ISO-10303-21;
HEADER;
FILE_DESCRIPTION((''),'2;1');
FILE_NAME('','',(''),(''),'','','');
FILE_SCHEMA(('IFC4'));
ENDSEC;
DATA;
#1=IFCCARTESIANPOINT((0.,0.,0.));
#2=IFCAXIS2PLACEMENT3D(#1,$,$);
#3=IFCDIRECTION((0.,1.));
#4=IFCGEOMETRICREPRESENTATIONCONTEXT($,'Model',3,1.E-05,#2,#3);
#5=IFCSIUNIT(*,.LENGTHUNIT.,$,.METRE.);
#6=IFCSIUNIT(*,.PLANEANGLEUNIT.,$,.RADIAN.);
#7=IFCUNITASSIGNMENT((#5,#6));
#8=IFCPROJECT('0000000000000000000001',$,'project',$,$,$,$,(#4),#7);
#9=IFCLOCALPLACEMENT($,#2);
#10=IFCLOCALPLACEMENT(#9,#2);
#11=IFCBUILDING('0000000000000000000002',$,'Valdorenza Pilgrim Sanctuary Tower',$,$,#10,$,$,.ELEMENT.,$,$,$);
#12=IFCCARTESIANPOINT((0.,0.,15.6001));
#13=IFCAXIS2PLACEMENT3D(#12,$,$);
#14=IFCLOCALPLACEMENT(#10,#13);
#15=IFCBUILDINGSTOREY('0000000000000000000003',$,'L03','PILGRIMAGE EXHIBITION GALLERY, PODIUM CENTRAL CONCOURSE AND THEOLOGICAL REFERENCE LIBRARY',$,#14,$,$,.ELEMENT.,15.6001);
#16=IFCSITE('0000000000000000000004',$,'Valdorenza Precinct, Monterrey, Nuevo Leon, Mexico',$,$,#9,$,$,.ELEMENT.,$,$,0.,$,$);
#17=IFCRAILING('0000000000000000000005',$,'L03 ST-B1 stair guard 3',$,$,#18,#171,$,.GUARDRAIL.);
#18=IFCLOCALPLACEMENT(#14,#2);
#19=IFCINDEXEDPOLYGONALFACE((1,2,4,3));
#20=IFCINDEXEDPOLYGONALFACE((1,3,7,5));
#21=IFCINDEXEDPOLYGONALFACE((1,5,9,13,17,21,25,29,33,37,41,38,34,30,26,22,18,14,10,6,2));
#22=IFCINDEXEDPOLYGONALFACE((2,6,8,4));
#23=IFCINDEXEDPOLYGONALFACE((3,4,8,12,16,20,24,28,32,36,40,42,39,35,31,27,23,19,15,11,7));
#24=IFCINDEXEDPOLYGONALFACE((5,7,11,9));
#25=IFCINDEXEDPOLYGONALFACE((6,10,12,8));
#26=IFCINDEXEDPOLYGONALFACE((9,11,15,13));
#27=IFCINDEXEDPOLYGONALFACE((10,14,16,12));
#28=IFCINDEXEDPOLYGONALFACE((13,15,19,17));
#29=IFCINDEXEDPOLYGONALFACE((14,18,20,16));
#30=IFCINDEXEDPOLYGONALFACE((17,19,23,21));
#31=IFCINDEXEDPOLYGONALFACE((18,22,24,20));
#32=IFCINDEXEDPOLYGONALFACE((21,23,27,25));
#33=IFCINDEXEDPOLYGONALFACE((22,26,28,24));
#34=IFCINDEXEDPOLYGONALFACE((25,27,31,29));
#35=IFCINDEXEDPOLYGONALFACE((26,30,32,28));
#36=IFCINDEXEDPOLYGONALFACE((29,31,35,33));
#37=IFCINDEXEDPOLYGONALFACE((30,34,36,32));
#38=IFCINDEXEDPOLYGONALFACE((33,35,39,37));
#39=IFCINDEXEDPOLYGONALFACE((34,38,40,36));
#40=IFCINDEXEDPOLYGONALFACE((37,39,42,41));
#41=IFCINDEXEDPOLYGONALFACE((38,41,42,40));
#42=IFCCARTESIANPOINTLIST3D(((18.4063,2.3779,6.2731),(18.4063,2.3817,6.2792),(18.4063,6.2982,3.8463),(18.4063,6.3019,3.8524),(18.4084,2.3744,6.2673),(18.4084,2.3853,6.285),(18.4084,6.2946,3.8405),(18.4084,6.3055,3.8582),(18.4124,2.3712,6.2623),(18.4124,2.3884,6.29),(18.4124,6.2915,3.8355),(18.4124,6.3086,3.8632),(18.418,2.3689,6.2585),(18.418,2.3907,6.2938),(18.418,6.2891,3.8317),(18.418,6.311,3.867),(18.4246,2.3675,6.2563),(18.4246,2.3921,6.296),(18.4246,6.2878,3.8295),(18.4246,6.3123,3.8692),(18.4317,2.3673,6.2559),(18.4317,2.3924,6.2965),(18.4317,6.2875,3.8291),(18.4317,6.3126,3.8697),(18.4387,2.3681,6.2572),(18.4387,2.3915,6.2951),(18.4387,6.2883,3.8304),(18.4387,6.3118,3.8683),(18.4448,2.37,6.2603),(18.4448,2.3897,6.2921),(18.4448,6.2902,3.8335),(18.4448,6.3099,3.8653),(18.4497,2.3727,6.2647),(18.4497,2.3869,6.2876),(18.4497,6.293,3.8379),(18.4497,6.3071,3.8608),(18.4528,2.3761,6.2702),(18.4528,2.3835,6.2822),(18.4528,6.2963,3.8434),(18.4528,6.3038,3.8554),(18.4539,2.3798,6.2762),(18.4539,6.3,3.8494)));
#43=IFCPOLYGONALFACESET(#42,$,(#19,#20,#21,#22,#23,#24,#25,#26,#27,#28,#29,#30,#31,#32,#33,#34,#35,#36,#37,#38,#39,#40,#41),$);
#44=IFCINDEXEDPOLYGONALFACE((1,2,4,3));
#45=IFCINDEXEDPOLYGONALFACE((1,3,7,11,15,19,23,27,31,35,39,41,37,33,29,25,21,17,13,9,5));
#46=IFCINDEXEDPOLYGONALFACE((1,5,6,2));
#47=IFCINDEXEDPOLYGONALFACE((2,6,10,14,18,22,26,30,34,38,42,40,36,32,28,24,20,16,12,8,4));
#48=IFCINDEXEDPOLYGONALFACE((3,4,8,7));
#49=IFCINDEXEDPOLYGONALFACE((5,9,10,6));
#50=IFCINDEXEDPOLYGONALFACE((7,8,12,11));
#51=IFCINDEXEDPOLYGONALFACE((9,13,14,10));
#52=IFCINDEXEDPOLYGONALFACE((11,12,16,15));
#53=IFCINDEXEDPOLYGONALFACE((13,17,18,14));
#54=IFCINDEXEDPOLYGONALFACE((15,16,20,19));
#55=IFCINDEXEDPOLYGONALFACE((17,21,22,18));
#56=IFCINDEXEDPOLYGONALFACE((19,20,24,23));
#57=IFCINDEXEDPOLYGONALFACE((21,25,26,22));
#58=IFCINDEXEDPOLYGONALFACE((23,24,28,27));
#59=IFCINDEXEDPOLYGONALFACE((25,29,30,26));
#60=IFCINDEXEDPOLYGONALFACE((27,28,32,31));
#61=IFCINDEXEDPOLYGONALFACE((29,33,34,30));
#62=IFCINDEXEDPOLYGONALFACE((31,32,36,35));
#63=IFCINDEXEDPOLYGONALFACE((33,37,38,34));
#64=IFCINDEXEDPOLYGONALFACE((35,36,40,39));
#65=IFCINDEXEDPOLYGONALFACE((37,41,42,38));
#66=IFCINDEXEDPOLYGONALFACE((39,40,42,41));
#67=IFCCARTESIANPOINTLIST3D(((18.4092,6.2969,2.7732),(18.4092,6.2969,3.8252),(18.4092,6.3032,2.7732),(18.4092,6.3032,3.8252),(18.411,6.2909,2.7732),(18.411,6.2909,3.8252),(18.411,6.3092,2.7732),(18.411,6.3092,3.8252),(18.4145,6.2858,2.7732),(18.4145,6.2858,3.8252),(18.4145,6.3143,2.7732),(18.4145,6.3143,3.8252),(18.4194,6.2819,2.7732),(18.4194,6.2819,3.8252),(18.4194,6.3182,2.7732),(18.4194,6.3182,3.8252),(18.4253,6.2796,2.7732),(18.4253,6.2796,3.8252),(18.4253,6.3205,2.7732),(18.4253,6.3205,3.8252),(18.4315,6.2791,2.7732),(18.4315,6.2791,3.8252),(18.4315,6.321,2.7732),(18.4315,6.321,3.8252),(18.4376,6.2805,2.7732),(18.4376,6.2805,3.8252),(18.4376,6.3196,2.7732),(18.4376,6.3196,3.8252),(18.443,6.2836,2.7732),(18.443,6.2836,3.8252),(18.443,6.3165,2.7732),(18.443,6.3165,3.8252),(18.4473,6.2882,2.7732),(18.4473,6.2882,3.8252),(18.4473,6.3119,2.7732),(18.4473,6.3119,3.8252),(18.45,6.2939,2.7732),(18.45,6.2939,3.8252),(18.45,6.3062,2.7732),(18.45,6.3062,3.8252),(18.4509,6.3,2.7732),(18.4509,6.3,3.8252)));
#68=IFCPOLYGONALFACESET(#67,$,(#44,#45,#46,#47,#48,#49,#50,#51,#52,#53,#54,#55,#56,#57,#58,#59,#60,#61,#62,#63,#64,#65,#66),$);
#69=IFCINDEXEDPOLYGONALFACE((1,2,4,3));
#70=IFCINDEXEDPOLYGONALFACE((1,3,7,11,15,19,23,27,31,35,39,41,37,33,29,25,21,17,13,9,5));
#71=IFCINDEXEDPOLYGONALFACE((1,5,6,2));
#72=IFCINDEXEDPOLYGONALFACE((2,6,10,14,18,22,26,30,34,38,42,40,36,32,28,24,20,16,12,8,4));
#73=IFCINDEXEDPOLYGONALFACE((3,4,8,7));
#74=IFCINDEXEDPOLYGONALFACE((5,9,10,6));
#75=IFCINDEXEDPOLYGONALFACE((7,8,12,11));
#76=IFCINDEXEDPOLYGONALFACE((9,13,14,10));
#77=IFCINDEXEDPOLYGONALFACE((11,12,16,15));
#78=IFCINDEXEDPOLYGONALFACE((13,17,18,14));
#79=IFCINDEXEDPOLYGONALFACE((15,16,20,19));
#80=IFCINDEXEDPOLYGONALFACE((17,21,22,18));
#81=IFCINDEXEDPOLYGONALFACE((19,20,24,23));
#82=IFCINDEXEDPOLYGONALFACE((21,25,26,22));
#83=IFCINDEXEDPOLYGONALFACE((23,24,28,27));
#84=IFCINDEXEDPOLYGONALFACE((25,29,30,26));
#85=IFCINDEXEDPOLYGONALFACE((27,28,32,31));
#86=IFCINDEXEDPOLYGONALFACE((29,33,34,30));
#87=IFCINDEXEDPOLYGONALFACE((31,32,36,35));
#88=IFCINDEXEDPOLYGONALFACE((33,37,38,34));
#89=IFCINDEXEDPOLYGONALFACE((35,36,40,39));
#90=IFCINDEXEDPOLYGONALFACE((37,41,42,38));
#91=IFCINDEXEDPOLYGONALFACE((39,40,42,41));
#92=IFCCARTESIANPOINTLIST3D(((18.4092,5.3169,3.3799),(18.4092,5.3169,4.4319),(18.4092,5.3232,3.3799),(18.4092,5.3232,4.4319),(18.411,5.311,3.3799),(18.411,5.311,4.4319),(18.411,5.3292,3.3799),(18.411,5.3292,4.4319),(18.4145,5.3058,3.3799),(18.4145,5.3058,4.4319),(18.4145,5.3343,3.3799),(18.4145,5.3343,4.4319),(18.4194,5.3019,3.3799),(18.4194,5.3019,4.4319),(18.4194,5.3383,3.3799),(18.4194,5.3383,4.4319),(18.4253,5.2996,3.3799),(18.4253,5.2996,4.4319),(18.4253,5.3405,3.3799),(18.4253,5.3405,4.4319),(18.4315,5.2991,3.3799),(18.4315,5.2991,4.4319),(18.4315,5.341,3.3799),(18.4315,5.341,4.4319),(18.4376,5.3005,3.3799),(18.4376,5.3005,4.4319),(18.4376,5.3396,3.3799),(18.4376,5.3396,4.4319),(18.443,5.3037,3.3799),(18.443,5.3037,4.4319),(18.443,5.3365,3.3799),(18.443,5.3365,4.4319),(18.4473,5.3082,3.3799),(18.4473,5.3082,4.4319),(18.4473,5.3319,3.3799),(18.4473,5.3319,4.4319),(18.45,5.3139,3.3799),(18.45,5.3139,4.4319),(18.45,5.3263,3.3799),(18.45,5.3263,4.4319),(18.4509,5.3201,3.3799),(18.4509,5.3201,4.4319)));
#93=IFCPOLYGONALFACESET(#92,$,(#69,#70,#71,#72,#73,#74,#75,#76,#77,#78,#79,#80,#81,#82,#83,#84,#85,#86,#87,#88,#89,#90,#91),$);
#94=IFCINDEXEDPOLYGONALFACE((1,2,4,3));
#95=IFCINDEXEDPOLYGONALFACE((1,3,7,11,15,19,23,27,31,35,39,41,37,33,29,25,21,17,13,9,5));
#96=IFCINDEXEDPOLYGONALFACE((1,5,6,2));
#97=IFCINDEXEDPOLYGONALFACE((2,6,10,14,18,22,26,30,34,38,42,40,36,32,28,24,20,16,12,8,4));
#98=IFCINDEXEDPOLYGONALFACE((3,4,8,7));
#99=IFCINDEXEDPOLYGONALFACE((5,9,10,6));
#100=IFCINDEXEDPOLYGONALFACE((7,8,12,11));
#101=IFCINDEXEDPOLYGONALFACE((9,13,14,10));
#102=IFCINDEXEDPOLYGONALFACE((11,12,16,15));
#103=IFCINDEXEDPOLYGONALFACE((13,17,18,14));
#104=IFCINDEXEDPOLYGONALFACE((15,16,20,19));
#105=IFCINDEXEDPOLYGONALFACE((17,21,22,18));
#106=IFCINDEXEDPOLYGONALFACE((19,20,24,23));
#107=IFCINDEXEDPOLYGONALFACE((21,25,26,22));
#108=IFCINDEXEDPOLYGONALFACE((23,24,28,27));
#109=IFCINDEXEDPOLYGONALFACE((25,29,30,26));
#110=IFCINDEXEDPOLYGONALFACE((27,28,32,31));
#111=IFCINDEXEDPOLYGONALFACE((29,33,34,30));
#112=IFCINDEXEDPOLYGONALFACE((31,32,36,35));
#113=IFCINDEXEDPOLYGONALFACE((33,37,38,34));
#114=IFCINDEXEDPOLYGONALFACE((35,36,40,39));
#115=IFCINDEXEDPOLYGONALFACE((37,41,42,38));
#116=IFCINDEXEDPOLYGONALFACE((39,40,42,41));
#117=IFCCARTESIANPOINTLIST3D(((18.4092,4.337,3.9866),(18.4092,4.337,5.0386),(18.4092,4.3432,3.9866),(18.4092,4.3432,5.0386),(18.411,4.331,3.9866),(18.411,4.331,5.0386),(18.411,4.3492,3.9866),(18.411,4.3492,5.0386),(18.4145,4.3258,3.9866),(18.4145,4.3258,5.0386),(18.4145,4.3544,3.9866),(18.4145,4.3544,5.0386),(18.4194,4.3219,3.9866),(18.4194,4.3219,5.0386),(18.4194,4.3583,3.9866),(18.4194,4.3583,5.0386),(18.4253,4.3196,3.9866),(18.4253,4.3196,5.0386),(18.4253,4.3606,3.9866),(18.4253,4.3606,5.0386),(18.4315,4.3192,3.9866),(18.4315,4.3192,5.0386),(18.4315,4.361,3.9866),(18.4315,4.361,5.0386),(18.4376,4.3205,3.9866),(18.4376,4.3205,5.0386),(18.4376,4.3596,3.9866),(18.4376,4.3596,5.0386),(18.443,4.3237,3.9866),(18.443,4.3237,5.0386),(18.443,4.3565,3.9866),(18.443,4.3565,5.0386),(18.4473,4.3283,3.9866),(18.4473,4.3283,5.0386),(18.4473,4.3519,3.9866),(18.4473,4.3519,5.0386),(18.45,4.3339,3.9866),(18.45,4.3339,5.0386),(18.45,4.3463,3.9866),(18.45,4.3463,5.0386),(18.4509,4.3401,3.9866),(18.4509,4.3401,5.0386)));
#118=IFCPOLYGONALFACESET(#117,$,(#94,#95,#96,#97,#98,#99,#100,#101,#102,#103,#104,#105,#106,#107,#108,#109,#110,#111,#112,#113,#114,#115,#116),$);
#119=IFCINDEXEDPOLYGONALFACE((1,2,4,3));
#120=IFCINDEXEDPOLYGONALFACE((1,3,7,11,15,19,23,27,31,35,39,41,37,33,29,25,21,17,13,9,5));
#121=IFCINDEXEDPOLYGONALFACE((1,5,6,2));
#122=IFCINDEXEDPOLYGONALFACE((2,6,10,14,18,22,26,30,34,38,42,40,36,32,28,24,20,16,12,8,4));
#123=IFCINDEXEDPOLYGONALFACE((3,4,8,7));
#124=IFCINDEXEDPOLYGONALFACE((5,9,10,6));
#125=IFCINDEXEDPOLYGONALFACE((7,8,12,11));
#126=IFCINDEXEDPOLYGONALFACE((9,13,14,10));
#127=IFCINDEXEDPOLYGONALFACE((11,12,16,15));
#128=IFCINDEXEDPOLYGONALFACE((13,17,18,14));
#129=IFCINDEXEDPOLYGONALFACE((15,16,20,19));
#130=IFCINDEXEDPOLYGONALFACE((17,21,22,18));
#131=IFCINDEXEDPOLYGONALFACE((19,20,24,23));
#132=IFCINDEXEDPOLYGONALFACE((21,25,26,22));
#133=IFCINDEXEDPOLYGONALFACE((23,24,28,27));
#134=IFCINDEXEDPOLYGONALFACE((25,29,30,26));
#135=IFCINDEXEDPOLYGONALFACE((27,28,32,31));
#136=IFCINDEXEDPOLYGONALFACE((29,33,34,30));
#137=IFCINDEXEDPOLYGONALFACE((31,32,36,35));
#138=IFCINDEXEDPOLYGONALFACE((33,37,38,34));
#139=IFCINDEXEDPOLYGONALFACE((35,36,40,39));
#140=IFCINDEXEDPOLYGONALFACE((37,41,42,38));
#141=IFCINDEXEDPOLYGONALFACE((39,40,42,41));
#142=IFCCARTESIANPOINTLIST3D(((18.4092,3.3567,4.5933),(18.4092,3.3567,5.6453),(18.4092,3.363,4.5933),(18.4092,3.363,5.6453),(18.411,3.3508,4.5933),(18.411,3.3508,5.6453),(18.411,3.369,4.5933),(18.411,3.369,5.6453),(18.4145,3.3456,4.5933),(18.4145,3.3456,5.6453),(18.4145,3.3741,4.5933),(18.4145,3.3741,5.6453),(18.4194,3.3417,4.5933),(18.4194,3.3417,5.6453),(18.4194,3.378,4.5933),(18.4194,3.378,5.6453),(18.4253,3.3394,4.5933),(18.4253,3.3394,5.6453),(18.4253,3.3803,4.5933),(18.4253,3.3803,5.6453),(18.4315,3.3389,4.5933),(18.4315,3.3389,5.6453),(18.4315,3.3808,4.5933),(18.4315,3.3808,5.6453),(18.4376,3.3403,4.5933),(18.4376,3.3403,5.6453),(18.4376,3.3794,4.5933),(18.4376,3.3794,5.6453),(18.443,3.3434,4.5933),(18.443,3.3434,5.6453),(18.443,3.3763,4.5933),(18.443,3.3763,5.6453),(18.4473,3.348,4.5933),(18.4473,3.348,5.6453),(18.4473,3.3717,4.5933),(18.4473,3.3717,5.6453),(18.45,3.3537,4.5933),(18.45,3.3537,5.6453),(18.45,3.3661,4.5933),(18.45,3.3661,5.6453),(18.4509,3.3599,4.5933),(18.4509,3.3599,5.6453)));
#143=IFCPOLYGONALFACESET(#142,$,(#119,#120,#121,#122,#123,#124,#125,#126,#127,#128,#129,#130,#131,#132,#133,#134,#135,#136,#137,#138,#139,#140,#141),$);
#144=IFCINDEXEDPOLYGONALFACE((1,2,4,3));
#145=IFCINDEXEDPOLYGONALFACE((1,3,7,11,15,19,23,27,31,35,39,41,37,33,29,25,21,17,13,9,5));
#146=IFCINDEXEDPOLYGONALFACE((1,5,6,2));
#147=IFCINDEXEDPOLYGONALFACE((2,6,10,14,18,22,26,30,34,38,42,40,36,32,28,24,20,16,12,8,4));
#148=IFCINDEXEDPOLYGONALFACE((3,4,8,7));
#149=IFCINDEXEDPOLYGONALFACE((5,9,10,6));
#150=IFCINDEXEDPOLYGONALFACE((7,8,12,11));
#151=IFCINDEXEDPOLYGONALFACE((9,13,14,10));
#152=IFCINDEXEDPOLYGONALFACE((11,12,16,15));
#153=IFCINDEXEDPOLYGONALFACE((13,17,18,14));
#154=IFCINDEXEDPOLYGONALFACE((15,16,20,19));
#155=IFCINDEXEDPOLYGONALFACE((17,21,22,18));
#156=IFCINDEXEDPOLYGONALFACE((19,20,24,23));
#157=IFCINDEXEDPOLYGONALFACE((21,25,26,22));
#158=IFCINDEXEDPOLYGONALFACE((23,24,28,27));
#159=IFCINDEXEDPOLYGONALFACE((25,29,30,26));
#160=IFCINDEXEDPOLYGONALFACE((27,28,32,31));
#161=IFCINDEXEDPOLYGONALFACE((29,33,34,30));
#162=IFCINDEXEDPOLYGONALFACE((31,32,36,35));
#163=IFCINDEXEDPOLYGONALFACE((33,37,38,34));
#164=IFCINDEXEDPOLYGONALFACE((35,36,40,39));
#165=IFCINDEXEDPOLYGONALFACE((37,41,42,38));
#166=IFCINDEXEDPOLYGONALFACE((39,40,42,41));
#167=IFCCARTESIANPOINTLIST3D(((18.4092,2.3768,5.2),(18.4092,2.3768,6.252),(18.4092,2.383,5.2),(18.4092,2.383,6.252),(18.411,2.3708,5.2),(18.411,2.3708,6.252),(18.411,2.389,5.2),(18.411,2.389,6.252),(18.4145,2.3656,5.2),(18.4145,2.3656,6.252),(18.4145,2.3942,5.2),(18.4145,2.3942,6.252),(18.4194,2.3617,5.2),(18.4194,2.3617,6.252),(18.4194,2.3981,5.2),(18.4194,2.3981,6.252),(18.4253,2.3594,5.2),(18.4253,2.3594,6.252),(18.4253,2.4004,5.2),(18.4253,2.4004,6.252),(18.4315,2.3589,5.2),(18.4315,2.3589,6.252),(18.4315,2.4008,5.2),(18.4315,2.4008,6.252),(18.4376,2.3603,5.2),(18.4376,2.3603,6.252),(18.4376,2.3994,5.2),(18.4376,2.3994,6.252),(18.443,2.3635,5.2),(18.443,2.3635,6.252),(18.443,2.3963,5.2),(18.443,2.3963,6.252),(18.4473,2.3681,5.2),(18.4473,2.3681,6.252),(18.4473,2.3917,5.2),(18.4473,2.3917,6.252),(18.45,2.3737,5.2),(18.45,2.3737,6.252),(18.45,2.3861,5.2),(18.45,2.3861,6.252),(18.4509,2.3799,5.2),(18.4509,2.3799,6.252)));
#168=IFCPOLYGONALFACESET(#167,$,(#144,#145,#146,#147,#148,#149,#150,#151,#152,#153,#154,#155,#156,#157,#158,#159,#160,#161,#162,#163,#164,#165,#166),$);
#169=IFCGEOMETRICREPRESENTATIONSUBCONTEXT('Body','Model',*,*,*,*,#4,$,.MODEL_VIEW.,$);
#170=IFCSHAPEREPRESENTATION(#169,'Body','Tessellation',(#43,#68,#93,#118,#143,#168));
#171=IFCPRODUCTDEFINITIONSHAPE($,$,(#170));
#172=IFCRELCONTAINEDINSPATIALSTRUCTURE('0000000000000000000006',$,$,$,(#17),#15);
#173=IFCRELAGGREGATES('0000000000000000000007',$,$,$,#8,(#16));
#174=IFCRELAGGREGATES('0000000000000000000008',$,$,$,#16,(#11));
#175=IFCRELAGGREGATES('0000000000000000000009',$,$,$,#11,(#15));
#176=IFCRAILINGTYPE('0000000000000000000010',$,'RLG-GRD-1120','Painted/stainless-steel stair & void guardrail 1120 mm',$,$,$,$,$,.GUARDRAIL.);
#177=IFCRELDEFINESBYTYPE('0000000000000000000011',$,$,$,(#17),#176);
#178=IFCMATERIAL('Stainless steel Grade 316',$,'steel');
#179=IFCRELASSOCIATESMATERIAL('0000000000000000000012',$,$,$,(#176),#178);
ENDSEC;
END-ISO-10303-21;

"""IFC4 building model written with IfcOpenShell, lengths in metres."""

from ifc_helpers import new_model, si_unit, direction, frame, origin, origin_2d, place, context, subcontext, project, spatial, circle, extrude, material, type_object, element, save


model = new_model("IFC4")

# Units and contexts
model_context = context("Model", 3, precision=1e-05, world=origin(), true_north=direction((0.0, 1.0)))
body_context = subcontext(model_context, "Body", "Model", "MODEL_VIEW")
ifc_project = project(units=[si_unit("LENGTHUNIT", "METRE"), si_unit("PLANEANGLEUNIT", "RADIAN")], contexts=[model_context])

# Site, building, storey
site_placement = place(None, origin())
site = spatial("IfcSite", under=ifc_project, at=site_placement, Name="Valdorenza Precinct, Monterrey, Nuevo Leon, Mexico", CompositionType="ELEMENT", RefElevation=0.0)
building_placement = place(site_placement, origin())
building = spatial("IfcBuilding", under=site, at=building_placement, Name="Valdorenza Pilgrim Sanctuary Tower", CompositionType="ELEMENT")
storey_placement = place(building_placement, frame((0.0, 0.0, 15.6001)))
storey = spatial("IfcBuildingStorey", under=building, at=storey_placement, Name="L03", Description="PILGRIMAGE EXHIBITION GALLERY, PODIUM CENTRAL CONCOURSE AND THEOLOGICAL REFERENCE LIBRARY", CompositionType="ELEMENT", Elevation=15.6001)

# Railing
ifc_material_1 = material(Name="Stainless steel Grade 316", Category="steel")
railing_type_1 = type_object("IfcRailingType", Name="RLG-GRD-1120", Description="Painted/stainless-steel stair & void guardrail 1120 mm", PredefinedType="GUARDRAIL", material=ifc_material_1)
railing_1_placement = place(storey_placement, frame((18.4299, 6.3, 2.7732)))
element("IfcRailing", 1, at=railing_1_placement, inside=storey, type_object=railing_type_1, Name="L03 ST-B1 stair guard 3", PredefinedType="GUARDRAIL", context=body_context, shape_type="SweptSolid", body=[
    extrude(circle(Radius=0.0239, at=origin_2d()), frame((0.0, 0.0, 1.0762), z_axis=(0.0, -0.850266, 0.526353), x_axis=(1.0, 0.0, 0.0)), (0.0, 0.0, 1.0), 4.6106),
    extrude(circle(Radius=0.021, at=origin_2d()), origin(), (0.0, 0.0, 1.0), 1.052),
    extrude(circle(Radius=0.021, at=origin_2d()), frame((0.0, -0.98, 0.6067)), (0.0, 0.0, 1.0), 1.052),
    extrude(circle(Radius=0.021, at=origin_2d()), frame((0.0, -1.96, 1.2134)), (0.0, 0.0, 1.0), 1.052),
    extrude(circle(Radius=0.021, at=origin_2d()), frame((0.0, -2.9402, 1.8201)), (0.0, 0.0, 1.0), 1.052),
    extrude(circle(Radius=0.021, at=origin_2d()), frame((0.0, -3.9202, 2.4268)), (0.0, 0.0, 1.0), 1.052),
])

save(model, "model.ifc")
